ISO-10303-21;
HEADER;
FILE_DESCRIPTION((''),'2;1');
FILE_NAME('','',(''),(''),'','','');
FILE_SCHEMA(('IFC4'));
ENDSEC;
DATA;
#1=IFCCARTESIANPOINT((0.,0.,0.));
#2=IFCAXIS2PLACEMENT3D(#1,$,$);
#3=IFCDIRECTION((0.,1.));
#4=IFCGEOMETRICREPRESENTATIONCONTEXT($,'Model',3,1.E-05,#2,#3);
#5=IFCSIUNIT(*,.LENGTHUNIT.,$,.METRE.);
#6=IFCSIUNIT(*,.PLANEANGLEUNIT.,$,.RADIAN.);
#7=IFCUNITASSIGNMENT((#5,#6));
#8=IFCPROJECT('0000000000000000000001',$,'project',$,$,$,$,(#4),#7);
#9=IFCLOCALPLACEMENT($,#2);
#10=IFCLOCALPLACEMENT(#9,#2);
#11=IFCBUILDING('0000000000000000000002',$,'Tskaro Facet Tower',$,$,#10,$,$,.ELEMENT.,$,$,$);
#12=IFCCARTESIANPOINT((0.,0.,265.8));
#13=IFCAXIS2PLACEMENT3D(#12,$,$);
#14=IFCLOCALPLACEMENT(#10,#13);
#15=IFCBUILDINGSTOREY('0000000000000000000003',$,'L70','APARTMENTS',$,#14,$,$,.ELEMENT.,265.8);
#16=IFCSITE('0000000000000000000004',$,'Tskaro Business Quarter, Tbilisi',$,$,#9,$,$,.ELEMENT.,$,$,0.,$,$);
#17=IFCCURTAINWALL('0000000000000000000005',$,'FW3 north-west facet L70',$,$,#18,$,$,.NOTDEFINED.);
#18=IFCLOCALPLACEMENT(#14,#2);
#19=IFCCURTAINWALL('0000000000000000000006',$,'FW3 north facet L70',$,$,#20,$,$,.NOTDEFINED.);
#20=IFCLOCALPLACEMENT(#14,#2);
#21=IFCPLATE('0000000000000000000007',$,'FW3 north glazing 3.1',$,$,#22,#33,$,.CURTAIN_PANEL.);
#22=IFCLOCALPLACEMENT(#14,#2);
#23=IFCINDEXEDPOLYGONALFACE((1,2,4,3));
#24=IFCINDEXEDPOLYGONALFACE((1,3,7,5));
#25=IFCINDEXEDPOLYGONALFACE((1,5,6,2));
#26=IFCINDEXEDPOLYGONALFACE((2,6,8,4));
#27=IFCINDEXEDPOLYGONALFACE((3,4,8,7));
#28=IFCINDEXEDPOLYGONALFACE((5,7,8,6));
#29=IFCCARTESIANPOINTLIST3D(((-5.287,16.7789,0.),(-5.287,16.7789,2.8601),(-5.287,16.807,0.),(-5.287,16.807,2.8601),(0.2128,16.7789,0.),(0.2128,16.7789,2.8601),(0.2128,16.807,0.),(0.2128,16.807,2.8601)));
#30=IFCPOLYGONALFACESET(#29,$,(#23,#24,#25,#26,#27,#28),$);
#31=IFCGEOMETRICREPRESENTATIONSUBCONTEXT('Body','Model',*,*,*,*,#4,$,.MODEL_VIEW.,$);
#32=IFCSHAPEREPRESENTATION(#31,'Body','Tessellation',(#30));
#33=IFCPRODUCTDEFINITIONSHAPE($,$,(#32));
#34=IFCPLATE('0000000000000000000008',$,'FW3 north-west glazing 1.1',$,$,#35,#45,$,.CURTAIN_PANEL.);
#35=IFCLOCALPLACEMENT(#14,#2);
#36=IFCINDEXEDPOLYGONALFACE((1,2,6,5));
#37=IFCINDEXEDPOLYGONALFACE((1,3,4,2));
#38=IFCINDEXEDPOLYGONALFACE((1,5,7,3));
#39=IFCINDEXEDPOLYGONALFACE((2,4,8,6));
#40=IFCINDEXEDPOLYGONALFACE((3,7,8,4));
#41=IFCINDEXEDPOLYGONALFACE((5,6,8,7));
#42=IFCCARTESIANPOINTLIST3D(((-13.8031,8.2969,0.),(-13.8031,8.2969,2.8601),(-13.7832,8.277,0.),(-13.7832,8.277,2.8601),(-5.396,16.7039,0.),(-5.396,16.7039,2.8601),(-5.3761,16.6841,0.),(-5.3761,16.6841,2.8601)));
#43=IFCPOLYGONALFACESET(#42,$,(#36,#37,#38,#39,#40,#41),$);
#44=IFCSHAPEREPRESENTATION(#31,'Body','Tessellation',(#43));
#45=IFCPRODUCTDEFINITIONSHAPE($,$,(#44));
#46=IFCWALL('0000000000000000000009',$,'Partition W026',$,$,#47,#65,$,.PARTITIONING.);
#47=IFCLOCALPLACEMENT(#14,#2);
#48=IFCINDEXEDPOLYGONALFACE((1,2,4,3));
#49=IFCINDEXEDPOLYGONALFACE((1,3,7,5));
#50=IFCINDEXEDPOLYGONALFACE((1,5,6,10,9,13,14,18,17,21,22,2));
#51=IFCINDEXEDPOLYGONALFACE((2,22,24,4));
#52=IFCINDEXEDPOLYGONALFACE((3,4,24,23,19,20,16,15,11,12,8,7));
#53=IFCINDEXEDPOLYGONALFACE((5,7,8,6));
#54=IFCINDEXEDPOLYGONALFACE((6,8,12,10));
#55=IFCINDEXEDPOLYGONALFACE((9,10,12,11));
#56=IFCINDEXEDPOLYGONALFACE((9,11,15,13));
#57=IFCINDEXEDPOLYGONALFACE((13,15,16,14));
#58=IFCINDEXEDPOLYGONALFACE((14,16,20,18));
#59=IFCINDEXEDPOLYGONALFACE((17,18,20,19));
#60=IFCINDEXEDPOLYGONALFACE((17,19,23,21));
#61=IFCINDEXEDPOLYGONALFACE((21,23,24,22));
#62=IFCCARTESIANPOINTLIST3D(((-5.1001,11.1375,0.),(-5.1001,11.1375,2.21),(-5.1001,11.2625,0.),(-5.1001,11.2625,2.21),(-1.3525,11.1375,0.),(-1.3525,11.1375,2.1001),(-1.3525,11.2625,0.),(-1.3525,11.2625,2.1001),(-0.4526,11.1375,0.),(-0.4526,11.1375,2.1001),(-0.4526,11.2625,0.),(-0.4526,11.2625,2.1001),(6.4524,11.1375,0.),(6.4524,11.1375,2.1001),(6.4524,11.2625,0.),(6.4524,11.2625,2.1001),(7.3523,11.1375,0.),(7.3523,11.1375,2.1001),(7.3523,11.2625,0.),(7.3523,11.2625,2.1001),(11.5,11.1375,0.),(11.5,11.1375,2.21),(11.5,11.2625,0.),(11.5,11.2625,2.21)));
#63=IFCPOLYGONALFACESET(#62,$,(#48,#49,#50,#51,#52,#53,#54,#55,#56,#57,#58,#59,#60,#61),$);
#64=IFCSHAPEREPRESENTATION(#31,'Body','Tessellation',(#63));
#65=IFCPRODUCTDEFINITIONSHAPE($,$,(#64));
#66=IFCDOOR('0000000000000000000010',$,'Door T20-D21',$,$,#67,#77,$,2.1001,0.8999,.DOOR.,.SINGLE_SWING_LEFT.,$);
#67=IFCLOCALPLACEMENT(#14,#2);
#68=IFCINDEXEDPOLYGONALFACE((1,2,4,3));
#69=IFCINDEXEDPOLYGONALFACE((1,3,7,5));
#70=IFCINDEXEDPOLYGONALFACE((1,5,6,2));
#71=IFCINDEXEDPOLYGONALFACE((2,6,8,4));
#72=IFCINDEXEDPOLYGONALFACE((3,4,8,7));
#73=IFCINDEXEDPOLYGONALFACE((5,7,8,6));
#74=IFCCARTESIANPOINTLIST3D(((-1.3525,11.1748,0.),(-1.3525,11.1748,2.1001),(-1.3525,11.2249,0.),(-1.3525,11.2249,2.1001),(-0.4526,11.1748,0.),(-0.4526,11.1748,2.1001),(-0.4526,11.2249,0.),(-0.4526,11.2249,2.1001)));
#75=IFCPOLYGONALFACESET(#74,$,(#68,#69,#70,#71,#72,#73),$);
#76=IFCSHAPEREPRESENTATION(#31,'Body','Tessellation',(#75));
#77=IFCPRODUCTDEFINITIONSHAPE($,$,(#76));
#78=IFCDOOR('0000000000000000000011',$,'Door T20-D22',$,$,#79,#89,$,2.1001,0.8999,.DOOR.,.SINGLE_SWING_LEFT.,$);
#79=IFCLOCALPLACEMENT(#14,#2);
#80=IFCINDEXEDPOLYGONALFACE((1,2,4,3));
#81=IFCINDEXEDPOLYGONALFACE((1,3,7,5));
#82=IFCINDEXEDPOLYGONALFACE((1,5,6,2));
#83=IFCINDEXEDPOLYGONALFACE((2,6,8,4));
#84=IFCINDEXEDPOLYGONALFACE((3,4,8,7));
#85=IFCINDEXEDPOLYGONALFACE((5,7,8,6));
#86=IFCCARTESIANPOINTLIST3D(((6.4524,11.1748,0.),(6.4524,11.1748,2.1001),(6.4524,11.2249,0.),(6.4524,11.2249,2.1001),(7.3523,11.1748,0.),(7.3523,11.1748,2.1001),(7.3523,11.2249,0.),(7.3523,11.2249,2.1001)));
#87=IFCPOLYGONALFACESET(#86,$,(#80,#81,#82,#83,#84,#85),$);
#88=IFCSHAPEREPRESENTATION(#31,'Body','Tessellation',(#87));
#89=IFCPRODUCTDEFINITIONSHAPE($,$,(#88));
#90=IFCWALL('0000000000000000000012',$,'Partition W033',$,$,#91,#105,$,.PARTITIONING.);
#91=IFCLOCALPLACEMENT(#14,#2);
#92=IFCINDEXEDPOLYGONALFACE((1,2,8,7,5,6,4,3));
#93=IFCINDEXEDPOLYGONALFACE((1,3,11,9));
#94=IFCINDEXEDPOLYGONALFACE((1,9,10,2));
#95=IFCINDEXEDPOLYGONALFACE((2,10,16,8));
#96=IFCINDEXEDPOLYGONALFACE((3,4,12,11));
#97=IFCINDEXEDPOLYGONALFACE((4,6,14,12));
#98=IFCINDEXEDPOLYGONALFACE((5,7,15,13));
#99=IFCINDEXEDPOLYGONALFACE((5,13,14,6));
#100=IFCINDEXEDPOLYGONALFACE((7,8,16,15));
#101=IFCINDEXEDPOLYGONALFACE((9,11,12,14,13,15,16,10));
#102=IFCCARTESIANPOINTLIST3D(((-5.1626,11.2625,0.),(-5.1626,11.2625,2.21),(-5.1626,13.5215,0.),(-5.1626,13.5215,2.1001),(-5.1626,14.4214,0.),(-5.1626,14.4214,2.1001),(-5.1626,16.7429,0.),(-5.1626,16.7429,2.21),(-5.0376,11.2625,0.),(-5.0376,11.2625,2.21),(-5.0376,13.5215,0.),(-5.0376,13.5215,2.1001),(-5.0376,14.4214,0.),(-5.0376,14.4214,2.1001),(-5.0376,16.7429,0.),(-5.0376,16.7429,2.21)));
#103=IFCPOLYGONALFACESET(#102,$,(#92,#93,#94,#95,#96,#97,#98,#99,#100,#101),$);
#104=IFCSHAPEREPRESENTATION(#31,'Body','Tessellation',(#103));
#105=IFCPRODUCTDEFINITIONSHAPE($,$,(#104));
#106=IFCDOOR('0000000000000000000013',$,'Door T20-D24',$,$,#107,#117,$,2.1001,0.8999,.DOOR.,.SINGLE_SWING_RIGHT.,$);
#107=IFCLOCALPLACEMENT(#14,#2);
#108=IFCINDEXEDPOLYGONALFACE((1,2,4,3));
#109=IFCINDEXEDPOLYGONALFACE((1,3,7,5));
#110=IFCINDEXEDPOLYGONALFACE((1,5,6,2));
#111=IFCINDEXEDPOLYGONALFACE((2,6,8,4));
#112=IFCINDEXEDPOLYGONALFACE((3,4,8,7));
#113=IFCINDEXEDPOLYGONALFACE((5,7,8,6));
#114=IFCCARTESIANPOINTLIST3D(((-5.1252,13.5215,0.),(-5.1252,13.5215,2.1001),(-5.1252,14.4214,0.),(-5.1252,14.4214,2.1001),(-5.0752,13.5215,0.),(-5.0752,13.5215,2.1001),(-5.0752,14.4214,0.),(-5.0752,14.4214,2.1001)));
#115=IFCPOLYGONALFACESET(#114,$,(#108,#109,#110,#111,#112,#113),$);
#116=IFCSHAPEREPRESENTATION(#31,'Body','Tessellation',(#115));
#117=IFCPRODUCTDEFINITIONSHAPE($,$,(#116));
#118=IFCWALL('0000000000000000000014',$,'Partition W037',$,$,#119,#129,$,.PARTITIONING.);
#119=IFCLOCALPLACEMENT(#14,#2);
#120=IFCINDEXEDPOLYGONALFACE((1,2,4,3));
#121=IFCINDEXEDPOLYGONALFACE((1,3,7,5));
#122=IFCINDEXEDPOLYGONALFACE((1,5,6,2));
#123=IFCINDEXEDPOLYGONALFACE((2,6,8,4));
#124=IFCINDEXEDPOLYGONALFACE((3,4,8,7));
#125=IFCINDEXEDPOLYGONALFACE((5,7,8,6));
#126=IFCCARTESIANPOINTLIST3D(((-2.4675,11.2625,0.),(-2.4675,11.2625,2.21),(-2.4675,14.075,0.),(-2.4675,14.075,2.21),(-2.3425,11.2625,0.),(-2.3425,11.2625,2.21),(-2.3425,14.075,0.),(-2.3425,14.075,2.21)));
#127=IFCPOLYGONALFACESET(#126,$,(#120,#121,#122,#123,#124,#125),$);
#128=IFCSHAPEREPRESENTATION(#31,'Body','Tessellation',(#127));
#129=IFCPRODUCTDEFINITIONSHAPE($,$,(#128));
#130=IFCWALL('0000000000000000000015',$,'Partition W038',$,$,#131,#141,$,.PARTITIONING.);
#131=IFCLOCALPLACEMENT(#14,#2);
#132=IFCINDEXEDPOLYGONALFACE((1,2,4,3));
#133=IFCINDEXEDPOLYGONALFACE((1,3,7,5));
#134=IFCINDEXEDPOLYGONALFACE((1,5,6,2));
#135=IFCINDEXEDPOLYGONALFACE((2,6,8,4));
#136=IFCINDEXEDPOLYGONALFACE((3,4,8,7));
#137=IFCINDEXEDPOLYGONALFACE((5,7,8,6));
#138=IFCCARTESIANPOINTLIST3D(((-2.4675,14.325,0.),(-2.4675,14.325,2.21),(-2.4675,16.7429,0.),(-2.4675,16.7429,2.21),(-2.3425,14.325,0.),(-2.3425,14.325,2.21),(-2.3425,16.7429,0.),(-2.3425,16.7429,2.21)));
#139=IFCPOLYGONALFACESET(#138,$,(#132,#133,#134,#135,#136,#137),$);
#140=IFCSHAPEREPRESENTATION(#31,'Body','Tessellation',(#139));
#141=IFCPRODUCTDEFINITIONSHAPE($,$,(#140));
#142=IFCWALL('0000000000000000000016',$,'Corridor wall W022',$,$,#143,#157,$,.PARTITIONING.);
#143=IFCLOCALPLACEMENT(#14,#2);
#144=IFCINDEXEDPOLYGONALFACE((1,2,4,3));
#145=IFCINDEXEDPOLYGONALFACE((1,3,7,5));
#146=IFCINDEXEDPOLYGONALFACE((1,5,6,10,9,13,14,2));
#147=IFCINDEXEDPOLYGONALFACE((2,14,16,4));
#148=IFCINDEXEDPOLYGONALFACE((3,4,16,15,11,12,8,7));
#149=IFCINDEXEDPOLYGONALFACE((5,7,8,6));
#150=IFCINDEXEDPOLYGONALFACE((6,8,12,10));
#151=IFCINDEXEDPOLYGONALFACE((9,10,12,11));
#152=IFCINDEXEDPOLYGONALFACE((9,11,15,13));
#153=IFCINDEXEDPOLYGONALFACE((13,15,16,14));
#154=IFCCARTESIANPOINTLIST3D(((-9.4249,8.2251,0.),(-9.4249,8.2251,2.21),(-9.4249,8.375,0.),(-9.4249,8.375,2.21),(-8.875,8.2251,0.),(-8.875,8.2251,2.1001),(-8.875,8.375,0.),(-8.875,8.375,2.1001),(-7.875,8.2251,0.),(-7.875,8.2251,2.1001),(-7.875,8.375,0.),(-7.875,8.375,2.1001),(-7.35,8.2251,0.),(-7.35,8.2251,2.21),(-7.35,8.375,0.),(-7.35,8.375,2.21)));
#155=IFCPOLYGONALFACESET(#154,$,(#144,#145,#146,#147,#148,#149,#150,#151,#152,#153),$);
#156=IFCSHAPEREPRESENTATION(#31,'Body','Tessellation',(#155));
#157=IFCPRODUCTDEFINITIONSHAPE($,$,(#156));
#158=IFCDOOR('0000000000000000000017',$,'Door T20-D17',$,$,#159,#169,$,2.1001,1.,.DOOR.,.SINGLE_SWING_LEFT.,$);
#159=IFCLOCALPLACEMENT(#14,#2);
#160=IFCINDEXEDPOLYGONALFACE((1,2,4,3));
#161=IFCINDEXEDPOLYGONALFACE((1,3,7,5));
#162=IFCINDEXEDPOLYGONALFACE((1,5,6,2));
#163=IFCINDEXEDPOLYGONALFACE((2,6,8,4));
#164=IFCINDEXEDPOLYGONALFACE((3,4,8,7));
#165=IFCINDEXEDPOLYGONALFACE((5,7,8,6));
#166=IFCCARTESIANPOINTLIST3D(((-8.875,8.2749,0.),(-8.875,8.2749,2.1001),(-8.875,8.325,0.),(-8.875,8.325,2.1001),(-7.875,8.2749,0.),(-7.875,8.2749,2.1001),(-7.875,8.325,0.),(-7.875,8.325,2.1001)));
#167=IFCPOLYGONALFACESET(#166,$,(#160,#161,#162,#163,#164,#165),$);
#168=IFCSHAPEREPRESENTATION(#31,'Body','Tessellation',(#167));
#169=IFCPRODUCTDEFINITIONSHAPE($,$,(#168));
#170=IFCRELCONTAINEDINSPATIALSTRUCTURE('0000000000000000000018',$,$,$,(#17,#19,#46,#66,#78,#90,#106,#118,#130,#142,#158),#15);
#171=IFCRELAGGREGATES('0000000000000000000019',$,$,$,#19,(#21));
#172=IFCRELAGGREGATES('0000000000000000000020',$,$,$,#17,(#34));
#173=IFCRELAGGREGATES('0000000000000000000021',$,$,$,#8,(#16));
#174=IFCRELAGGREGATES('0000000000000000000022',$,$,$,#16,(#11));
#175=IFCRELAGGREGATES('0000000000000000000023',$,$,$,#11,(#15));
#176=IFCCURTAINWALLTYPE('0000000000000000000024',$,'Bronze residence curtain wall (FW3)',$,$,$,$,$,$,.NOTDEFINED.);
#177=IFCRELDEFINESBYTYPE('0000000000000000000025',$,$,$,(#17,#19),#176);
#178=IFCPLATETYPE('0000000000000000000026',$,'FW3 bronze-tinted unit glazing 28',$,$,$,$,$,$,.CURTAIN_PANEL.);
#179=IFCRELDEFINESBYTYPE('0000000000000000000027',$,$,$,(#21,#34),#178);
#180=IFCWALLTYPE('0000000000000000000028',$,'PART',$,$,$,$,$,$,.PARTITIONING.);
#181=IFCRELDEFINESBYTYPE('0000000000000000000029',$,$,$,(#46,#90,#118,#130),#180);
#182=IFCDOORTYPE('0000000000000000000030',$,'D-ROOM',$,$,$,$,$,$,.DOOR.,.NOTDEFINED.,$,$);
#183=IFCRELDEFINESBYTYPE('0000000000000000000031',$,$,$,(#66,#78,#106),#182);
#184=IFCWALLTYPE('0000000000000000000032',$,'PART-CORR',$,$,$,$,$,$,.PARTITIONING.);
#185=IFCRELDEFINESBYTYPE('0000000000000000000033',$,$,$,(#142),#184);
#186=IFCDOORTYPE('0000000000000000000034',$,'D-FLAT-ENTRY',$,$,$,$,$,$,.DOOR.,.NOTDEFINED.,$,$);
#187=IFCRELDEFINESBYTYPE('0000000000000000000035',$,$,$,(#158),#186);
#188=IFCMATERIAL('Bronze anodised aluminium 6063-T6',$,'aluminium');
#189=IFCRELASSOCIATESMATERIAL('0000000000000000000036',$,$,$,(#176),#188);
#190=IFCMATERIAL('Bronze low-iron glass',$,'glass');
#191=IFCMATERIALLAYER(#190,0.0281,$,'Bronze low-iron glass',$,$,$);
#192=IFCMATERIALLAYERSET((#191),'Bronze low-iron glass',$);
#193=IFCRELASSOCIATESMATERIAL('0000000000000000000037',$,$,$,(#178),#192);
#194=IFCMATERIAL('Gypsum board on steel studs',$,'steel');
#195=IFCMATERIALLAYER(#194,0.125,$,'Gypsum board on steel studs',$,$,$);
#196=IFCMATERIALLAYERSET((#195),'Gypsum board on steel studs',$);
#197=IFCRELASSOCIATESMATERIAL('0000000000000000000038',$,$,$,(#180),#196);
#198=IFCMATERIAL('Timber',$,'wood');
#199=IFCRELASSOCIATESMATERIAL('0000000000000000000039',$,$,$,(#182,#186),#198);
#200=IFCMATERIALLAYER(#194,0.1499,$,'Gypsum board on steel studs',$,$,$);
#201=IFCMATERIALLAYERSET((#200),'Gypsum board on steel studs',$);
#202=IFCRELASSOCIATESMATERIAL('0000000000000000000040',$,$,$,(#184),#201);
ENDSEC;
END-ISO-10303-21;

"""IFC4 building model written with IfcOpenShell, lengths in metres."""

from ifc_helpers import new_model, si_unit, direction, frame, frame_2d, origin, origin_2d, place, context, subcontext, project, spatial, rectangle, extrude, material, layer, layer_set, type_object, element, fill, aggregate, save


model = new_model("IFC4")

# Units and contexts
model_context = context("Model", 3, precision=1e-05, world=origin(), true_north=direction((0.0, 1.0)))
body_context = subcontext(model_context, "Body", "Model", "MODEL_VIEW")
ifc_project = project(units=[si_unit("LENGTHUNIT", "METRE"), si_unit("PLANEANGLEUNIT", "RADIAN")], contexts=[model_context])

# Site, building, storey
site_placement = place(None, origin())
site = spatial("IfcSite", under=ifc_project, at=site_placement, Name="Tskaro Business Quarter, Tbilisi", CompositionType="ELEMENT", RefElevation=0.0)
building_placement = place(site_placement, origin())
building = spatial("IfcBuilding", under=site, at=building_placement, Name="Tskaro Facet Tower", CompositionType="ELEMENT")
storey_placement = place(building_placement, frame((0.0, 0.0, 265.8)))
storey = spatial("IfcBuildingStorey", under=building, at=storey_placement, Name="L70", Description="APARTMENTS", CompositionType="ELEMENT", Elevation=265.8)

# Curtain wall
ifc_material_1 = material(Name="Bronze anodised aluminium 6063-T6", Category="aluminium")
curtain_wall_type = type_object("IfcCurtainWallType", Name="Bronze residence curtain wall (FW3)", PredefinedType="NOTDEFINED", material=ifc_material_1)
curtain_wall_1_placement = place(storey_placement, origin())
curtain_wall_1 = element("IfcCurtainWall", 1, at=curtain_wall_1_placement, inside=storey, type_object=curtain_wall_type, Name="FW3 north-west facet L70", PredefinedType="NOTDEFINED")

# Curtain wall, plate
curtain_wall_2_placement = place(storey_placement, origin())
curtain_wall_2 = element("IfcCurtainWall", 2, at=curtain_wall_2_placement, inside=storey, type_object=curtain_wall_type, Name="FW3 north facet L70", PredefinedType="NOTDEFINED")
ifc_material_2 = material(Name="Bronze low-iron glass", Category="glass")
ifc_layer_1 = layer(ifc_material_2, 0.0281, Name="Bronze low-iron glass")
ifc_layer_set_1 = layer_set([ifc_layer_1], Name="Bronze low-iron glass")
plate_type = type_object("IfcPlateType", Name="FW3 bronze-tinted unit glazing 28", PredefinedType="CURTAIN_PANEL", material=ifc_layer_set_1)
plate_1_placement = place(storey_placement, frame((-2.5371, 16.793, 0.0), z_axis=(0.0, 0.0, 1.0), x_axis=(-1.0, 0.0, 0.0)))
plate_1 = element("IfcPlate", 3, at=plate_1_placement, type_object=plate_type, Name="FW3 north glazing 3.1", PredefinedType="CURTAIN_PANEL", context=body_context, shape_type="SweptSolid", body=[
    extrude(rectangle(XDim=5.4998, YDim=0.0281, at=origin_2d()), origin(), (0.0, 0.0, 1.0), 2.8601),
])
aggregate(curtain_wall_2, [plate_1])

# Plate
plate_2_placement = place(storey_placement, frame((-9.5896, 12.4905, 0.0), z_axis=(0.0, 0.0, 1.0), x_axis=(-0.707107, -0.707107, 0.0)))
plate_2 = element("IfcPlate", 4, at=plate_2_placement, type_object=plate_type, Name="FW3 north-west glazing 1.1", PredefinedType="CURTAIN_PANEL", context=body_context, shape_type="SweptSolid", body=[
    extrude(rectangle(XDim=11.8894, YDim=0.0281, at=origin_2d()), origin(), (0.0, 0.0, 1.0), 2.8601),
])
aggregate(curtain_wall_1, [plate_2])

# Wall, openings, doors
ifc_material_3 = material(Name="Gypsum board on steel studs", Category="steel")
ifc_layer_2 = layer(ifc_material_3, 0.125, Name="Gypsum board on steel studs")
ifc_layer_set_2 = layer_set([ifc_layer_2], Name="Gypsum board on steel studs")
wall_type_1 = type_object("IfcWallType", Name="PART", PredefinedType="PARTITIONING", material=ifc_layer_set_2)
wall_1_placement = place(storey_placement, frame((-5.1001, 11.2, 0.0), z_axis=(0.0, 0.0, 1.0), x_axis=(1.0, 0.0, 0.0)))
wall_1 = element("IfcWall", 5, at=wall_1_placement, inside=storey, type_object=wall_type_1, Name="Partition W026", PredefinedType="PARTITIONING", context=body_context, shape_type="SweptSolid", body=[
    extrude(rectangle(XDim=16.6001, YDim=0.125, at=frame_2d((8.3, 0.0))), origin(), (0.0, 0.0, 1.0), 2.21),
])
opening_1_placement = place(wall_1_placement, frame((3.7476, 0.0, 0.0)))
opening_1 = element("IfcOpeningElement", 6, at=opening_1_placement, cuts=wall_1, PredefinedType="OPENING", context=body_context, shape_type="SweptSolid", body=[
    extrude(rectangle(XDim=0.8999, YDim=2.1001, at=frame_2d((0.45, 1.05))), frame((0.0, 0.0725, 0.0), z_axis=(0.0, -1.0, 0.0), x_axis=(1.0, 0.0, 0.0)), (0.0, 0.0, 1.0), 0.145),
])
opening_2_placement = place(wall_1_placement, frame((11.5525, 0.0, 0.0)))
opening_2 = element("IfcOpeningElement", 7, at=opening_2_placement, cuts=wall_1, PredefinedType="OPENING", context=body_context, shape_type="SweptSolid", body=[
    extrude(rectangle(XDim=0.8999, YDim=2.1001, at=frame_2d((0.45, 1.05))), frame((0.0, 0.0725, 0.0), z_axis=(0.0, -1.0, 0.0), x_axis=(1.0, 0.0, 0.0)), (0.0, 0.0, 1.0), 0.145),
])
ifc_material_4 = material(Name="Timber", Category="wood")
door_type_1 = type_object("IfcDoorType", Name="D-ROOM", OperationType="NOTDEFINED", PredefinedType="DOOR", material=ifc_material_4)
door_1_placement = place(opening_1_placement, origin())
door_1 = element("IfcDoor", 8, at=door_1_placement, inside=storey, type_object=door_type_1, Name="Door T20-D21", OperationType="SINGLE_SWING_LEFT", OverallHeight=2.1001, OverallWidth=0.8999, PredefinedType="DOOR", context=body_context, shape_type="SweptSolid", body=[
    extrude(rectangle(XDim=0.8999, YDim=2.1001, at=frame_2d((0.45, 1.05))), frame((0.0, 0.0249, 0.0), z_axis=(0.0, -1.0, 0.0), x_axis=(1.0, 0.0, 0.0)), (0.0, 0.0, 1.0), 0.05),
])
fill(opening_1, door_1)
door_2_placement = place(opening_2_placement, origin())
door_2 = element("IfcDoor", 9, at=door_2_placement, inside=storey, type_object=door_type_1, Name="Door T20-D22", OperationType="SINGLE_SWING_LEFT", OverallHeight=2.1001, OverallWidth=0.8999, PredefinedType="DOOR", context=body_context, shape_type="SweptSolid", body=[
    extrude(rectangle(XDim=0.8999, YDim=2.1001, at=frame_2d((0.45, 1.05))), frame((0.0, 0.0249, 0.0), z_axis=(0.0, -1.0, 0.0), x_axis=(1.0, 0.0, 0.0)), (0.0, 0.0, 1.0), 0.05),
])
fill(opening_2, door_2)

# Wall, opening, door
wall_2_placement = place(storey_placement, frame((-5.1001, 16.7429, 0.0), z_axis=(0.0, 0.0, 1.0), x_axis=(0.0, -1.0, 0.0)))
wall_2 = element("IfcWall", 10, at=wall_2_placement, inside=storey, type_object=wall_type_1, Name="Partition W033", PredefinedType="PARTITIONING", context=body_context, shape_type="SweptSolid", body=[
    extrude(rectangle(XDim=5.4805, YDim=0.125, at=frame_2d((2.7402, 0.0))), origin(), (0.0, 0.0, 1.0), 2.21),
])
opening_3_placement = place(wall_2_placement, frame((2.3215, 0.0, 0.0)))
opening_3 = element("IfcOpeningElement", 11, at=opening_3_placement, cuts=wall_2, PredefinedType="OPENING", context=body_context, shape_type="SweptSolid", body=[
    extrude(rectangle(XDim=0.8999, YDim=2.1001, at=frame_2d((0.45, 1.05))), frame((0.0, 0.0725, 0.0), z_axis=(0.0, -1.0, 0.0), x_axis=(1.0, 0.0, 0.0)), (0.0, 0.0, 1.0), 0.145),
])
door_3_placement = place(opening_3_placement, origin())
door_3 = element("IfcDoor", 12, at=door_3_placement, inside=storey, type_object=door_type_1, Name="Door T20-D24", OperationType="SINGLE_SWING_RIGHT", OverallHeight=2.1001, OverallWidth=0.8999, PredefinedType="DOOR", context=body_context, shape_type="SweptSolid", body=[
    extrude(rectangle(XDim=0.8999, YDim=2.1001, at=frame_2d((0.45, 1.05))), frame((0.0, 0.0249, 0.0), z_axis=(0.0, -1.0, 0.0), x_axis=(1.0, 0.0, 0.0)), (0.0, 0.0, 1.0), 0.05),
])
fill(opening_3, door_3)

# Walls
wall_3_placement = place(storey_placement, frame((-2.405, 11.2625, 0.0), z_axis=(0.0, 0.0, 1.0), x_axis=(0.0, 1.0, 0.0)))
element("IfcWall", 13, at=wall_3_placement, inside=storey, type_object=wall_type_1, Name="Partition W037", PredefinedType="PARTITIONING", context=body_context, shape_type="SweptSolid", body=[
    extrude(rectangle(XDim=2.8125, YDim=0.125, at=frame_2d((1.4062, 0.0))), origin(), (0.0, 0.0, 1.0), 2.21),
])
wall_4_placement = place(storey_placement, frame((-2.405, 14.325, 0.0), z_axis=(0.0, 0.0, 1.0), x_axis=(0.0, 1.0, 0.0)))
element("IfcWall", 14, at=wall_4_placement, inside=storey, type_object=wall_type_1, Name="Partition W038", PredefinedType="PARTITIONING", context=body_context, shape_type="SweptSolid", body=[
    extrude(rectangle(XDim=2.418, YDim=0.125, at=frame_2d((1.209, 0.0))), origin(), (0.0, 0.0, 1.0), 2.21),
])

# Wall, opening, door
ifc_layer_3 = layer(ifc_material_3, 0.1499, Name="Gypsum board on steel studs")
ifc_layer_set_3 = layer_set([ifc_layer_3], Name="Gypsum board on steel studs")
wall_type_2 = type_object("IfcWallType", Name="PART-CORR", PredefinedType="PARTITIONING", material=ifc_layer_set_3)
wall_5_placement = place(storey_placement, frame((-9.425, 8.3, 0.0), z_axis=(0.0, 0.0, 1.0), x_axis=(1.0, 0.0, 0.0)))
wall_5 = element("IfcWall", 15, at=wall_5_placement, inside=storey, type_object=wall_type_2, Name="Corridor wall W022", PredefinedType="PARTITIONING", context=body_context, shape_type="SweptSolid", body=[
    extrude(rectangle(XDim=2.075, YDim=0.1499, at=frame_2d((1.0376, 0.0))), origin(), (0.0, 0.0, 1.0), 2.21),
])
opening_4_placement = place(wall_5_placement, frame((0.55, 0.0, 0.0)))
opening_4 = element("IfcOpeningElement", 16, at=opening_4_placement, cuts=wall_5, PredefinedType="OPENING", context=body_context, shape_type="SweptSolid", body=[
    extrude(rectangle(XDim=1.0, YDim=2.1001, at=frame_2d((0.5, 1.05))), frame((0.0, 0.085, 0.0), z_axis=(0.0, -1.0, 0.0), x_axis=(1.0, 0.0, 0.0)), (0.0, 0.0, 1.0), 0.1699),
])
door_type_2 = type_object("IfcDoorType", Name="D-FLAT-ENTRY", OperationType="NOTDEFINED", PredefinedType="DOOR", material=ifc_material_4)
door_4_placement = place(opening_4_placement, origin())
door_4 = element("IfcDoor", 17, at=door_4_placement, inside=storey, type_object=door_type_2, Name="Door T20-D17", OperationType="SINGLE_SWING_LEFT", OverallHeight=2.1001, OverallWidth=1.0, PredefinedType="DOOR", context=body_context, shape_type="SweptSolid", body=[
    extrude(rectangle(XDim=1.0, YDim=2.1001, at=frame_2d((0.5, 1.05))), frame((0.0, 0.0249, 0.0), z_axis=(0.0, -1.0, 0.0), x_axis=(1.0, 0.0, 0.0)), (0.0, 0.0, 1.0), 0.05),
])
fill(opening_4, door_4)

save(model, "model.ifc")
